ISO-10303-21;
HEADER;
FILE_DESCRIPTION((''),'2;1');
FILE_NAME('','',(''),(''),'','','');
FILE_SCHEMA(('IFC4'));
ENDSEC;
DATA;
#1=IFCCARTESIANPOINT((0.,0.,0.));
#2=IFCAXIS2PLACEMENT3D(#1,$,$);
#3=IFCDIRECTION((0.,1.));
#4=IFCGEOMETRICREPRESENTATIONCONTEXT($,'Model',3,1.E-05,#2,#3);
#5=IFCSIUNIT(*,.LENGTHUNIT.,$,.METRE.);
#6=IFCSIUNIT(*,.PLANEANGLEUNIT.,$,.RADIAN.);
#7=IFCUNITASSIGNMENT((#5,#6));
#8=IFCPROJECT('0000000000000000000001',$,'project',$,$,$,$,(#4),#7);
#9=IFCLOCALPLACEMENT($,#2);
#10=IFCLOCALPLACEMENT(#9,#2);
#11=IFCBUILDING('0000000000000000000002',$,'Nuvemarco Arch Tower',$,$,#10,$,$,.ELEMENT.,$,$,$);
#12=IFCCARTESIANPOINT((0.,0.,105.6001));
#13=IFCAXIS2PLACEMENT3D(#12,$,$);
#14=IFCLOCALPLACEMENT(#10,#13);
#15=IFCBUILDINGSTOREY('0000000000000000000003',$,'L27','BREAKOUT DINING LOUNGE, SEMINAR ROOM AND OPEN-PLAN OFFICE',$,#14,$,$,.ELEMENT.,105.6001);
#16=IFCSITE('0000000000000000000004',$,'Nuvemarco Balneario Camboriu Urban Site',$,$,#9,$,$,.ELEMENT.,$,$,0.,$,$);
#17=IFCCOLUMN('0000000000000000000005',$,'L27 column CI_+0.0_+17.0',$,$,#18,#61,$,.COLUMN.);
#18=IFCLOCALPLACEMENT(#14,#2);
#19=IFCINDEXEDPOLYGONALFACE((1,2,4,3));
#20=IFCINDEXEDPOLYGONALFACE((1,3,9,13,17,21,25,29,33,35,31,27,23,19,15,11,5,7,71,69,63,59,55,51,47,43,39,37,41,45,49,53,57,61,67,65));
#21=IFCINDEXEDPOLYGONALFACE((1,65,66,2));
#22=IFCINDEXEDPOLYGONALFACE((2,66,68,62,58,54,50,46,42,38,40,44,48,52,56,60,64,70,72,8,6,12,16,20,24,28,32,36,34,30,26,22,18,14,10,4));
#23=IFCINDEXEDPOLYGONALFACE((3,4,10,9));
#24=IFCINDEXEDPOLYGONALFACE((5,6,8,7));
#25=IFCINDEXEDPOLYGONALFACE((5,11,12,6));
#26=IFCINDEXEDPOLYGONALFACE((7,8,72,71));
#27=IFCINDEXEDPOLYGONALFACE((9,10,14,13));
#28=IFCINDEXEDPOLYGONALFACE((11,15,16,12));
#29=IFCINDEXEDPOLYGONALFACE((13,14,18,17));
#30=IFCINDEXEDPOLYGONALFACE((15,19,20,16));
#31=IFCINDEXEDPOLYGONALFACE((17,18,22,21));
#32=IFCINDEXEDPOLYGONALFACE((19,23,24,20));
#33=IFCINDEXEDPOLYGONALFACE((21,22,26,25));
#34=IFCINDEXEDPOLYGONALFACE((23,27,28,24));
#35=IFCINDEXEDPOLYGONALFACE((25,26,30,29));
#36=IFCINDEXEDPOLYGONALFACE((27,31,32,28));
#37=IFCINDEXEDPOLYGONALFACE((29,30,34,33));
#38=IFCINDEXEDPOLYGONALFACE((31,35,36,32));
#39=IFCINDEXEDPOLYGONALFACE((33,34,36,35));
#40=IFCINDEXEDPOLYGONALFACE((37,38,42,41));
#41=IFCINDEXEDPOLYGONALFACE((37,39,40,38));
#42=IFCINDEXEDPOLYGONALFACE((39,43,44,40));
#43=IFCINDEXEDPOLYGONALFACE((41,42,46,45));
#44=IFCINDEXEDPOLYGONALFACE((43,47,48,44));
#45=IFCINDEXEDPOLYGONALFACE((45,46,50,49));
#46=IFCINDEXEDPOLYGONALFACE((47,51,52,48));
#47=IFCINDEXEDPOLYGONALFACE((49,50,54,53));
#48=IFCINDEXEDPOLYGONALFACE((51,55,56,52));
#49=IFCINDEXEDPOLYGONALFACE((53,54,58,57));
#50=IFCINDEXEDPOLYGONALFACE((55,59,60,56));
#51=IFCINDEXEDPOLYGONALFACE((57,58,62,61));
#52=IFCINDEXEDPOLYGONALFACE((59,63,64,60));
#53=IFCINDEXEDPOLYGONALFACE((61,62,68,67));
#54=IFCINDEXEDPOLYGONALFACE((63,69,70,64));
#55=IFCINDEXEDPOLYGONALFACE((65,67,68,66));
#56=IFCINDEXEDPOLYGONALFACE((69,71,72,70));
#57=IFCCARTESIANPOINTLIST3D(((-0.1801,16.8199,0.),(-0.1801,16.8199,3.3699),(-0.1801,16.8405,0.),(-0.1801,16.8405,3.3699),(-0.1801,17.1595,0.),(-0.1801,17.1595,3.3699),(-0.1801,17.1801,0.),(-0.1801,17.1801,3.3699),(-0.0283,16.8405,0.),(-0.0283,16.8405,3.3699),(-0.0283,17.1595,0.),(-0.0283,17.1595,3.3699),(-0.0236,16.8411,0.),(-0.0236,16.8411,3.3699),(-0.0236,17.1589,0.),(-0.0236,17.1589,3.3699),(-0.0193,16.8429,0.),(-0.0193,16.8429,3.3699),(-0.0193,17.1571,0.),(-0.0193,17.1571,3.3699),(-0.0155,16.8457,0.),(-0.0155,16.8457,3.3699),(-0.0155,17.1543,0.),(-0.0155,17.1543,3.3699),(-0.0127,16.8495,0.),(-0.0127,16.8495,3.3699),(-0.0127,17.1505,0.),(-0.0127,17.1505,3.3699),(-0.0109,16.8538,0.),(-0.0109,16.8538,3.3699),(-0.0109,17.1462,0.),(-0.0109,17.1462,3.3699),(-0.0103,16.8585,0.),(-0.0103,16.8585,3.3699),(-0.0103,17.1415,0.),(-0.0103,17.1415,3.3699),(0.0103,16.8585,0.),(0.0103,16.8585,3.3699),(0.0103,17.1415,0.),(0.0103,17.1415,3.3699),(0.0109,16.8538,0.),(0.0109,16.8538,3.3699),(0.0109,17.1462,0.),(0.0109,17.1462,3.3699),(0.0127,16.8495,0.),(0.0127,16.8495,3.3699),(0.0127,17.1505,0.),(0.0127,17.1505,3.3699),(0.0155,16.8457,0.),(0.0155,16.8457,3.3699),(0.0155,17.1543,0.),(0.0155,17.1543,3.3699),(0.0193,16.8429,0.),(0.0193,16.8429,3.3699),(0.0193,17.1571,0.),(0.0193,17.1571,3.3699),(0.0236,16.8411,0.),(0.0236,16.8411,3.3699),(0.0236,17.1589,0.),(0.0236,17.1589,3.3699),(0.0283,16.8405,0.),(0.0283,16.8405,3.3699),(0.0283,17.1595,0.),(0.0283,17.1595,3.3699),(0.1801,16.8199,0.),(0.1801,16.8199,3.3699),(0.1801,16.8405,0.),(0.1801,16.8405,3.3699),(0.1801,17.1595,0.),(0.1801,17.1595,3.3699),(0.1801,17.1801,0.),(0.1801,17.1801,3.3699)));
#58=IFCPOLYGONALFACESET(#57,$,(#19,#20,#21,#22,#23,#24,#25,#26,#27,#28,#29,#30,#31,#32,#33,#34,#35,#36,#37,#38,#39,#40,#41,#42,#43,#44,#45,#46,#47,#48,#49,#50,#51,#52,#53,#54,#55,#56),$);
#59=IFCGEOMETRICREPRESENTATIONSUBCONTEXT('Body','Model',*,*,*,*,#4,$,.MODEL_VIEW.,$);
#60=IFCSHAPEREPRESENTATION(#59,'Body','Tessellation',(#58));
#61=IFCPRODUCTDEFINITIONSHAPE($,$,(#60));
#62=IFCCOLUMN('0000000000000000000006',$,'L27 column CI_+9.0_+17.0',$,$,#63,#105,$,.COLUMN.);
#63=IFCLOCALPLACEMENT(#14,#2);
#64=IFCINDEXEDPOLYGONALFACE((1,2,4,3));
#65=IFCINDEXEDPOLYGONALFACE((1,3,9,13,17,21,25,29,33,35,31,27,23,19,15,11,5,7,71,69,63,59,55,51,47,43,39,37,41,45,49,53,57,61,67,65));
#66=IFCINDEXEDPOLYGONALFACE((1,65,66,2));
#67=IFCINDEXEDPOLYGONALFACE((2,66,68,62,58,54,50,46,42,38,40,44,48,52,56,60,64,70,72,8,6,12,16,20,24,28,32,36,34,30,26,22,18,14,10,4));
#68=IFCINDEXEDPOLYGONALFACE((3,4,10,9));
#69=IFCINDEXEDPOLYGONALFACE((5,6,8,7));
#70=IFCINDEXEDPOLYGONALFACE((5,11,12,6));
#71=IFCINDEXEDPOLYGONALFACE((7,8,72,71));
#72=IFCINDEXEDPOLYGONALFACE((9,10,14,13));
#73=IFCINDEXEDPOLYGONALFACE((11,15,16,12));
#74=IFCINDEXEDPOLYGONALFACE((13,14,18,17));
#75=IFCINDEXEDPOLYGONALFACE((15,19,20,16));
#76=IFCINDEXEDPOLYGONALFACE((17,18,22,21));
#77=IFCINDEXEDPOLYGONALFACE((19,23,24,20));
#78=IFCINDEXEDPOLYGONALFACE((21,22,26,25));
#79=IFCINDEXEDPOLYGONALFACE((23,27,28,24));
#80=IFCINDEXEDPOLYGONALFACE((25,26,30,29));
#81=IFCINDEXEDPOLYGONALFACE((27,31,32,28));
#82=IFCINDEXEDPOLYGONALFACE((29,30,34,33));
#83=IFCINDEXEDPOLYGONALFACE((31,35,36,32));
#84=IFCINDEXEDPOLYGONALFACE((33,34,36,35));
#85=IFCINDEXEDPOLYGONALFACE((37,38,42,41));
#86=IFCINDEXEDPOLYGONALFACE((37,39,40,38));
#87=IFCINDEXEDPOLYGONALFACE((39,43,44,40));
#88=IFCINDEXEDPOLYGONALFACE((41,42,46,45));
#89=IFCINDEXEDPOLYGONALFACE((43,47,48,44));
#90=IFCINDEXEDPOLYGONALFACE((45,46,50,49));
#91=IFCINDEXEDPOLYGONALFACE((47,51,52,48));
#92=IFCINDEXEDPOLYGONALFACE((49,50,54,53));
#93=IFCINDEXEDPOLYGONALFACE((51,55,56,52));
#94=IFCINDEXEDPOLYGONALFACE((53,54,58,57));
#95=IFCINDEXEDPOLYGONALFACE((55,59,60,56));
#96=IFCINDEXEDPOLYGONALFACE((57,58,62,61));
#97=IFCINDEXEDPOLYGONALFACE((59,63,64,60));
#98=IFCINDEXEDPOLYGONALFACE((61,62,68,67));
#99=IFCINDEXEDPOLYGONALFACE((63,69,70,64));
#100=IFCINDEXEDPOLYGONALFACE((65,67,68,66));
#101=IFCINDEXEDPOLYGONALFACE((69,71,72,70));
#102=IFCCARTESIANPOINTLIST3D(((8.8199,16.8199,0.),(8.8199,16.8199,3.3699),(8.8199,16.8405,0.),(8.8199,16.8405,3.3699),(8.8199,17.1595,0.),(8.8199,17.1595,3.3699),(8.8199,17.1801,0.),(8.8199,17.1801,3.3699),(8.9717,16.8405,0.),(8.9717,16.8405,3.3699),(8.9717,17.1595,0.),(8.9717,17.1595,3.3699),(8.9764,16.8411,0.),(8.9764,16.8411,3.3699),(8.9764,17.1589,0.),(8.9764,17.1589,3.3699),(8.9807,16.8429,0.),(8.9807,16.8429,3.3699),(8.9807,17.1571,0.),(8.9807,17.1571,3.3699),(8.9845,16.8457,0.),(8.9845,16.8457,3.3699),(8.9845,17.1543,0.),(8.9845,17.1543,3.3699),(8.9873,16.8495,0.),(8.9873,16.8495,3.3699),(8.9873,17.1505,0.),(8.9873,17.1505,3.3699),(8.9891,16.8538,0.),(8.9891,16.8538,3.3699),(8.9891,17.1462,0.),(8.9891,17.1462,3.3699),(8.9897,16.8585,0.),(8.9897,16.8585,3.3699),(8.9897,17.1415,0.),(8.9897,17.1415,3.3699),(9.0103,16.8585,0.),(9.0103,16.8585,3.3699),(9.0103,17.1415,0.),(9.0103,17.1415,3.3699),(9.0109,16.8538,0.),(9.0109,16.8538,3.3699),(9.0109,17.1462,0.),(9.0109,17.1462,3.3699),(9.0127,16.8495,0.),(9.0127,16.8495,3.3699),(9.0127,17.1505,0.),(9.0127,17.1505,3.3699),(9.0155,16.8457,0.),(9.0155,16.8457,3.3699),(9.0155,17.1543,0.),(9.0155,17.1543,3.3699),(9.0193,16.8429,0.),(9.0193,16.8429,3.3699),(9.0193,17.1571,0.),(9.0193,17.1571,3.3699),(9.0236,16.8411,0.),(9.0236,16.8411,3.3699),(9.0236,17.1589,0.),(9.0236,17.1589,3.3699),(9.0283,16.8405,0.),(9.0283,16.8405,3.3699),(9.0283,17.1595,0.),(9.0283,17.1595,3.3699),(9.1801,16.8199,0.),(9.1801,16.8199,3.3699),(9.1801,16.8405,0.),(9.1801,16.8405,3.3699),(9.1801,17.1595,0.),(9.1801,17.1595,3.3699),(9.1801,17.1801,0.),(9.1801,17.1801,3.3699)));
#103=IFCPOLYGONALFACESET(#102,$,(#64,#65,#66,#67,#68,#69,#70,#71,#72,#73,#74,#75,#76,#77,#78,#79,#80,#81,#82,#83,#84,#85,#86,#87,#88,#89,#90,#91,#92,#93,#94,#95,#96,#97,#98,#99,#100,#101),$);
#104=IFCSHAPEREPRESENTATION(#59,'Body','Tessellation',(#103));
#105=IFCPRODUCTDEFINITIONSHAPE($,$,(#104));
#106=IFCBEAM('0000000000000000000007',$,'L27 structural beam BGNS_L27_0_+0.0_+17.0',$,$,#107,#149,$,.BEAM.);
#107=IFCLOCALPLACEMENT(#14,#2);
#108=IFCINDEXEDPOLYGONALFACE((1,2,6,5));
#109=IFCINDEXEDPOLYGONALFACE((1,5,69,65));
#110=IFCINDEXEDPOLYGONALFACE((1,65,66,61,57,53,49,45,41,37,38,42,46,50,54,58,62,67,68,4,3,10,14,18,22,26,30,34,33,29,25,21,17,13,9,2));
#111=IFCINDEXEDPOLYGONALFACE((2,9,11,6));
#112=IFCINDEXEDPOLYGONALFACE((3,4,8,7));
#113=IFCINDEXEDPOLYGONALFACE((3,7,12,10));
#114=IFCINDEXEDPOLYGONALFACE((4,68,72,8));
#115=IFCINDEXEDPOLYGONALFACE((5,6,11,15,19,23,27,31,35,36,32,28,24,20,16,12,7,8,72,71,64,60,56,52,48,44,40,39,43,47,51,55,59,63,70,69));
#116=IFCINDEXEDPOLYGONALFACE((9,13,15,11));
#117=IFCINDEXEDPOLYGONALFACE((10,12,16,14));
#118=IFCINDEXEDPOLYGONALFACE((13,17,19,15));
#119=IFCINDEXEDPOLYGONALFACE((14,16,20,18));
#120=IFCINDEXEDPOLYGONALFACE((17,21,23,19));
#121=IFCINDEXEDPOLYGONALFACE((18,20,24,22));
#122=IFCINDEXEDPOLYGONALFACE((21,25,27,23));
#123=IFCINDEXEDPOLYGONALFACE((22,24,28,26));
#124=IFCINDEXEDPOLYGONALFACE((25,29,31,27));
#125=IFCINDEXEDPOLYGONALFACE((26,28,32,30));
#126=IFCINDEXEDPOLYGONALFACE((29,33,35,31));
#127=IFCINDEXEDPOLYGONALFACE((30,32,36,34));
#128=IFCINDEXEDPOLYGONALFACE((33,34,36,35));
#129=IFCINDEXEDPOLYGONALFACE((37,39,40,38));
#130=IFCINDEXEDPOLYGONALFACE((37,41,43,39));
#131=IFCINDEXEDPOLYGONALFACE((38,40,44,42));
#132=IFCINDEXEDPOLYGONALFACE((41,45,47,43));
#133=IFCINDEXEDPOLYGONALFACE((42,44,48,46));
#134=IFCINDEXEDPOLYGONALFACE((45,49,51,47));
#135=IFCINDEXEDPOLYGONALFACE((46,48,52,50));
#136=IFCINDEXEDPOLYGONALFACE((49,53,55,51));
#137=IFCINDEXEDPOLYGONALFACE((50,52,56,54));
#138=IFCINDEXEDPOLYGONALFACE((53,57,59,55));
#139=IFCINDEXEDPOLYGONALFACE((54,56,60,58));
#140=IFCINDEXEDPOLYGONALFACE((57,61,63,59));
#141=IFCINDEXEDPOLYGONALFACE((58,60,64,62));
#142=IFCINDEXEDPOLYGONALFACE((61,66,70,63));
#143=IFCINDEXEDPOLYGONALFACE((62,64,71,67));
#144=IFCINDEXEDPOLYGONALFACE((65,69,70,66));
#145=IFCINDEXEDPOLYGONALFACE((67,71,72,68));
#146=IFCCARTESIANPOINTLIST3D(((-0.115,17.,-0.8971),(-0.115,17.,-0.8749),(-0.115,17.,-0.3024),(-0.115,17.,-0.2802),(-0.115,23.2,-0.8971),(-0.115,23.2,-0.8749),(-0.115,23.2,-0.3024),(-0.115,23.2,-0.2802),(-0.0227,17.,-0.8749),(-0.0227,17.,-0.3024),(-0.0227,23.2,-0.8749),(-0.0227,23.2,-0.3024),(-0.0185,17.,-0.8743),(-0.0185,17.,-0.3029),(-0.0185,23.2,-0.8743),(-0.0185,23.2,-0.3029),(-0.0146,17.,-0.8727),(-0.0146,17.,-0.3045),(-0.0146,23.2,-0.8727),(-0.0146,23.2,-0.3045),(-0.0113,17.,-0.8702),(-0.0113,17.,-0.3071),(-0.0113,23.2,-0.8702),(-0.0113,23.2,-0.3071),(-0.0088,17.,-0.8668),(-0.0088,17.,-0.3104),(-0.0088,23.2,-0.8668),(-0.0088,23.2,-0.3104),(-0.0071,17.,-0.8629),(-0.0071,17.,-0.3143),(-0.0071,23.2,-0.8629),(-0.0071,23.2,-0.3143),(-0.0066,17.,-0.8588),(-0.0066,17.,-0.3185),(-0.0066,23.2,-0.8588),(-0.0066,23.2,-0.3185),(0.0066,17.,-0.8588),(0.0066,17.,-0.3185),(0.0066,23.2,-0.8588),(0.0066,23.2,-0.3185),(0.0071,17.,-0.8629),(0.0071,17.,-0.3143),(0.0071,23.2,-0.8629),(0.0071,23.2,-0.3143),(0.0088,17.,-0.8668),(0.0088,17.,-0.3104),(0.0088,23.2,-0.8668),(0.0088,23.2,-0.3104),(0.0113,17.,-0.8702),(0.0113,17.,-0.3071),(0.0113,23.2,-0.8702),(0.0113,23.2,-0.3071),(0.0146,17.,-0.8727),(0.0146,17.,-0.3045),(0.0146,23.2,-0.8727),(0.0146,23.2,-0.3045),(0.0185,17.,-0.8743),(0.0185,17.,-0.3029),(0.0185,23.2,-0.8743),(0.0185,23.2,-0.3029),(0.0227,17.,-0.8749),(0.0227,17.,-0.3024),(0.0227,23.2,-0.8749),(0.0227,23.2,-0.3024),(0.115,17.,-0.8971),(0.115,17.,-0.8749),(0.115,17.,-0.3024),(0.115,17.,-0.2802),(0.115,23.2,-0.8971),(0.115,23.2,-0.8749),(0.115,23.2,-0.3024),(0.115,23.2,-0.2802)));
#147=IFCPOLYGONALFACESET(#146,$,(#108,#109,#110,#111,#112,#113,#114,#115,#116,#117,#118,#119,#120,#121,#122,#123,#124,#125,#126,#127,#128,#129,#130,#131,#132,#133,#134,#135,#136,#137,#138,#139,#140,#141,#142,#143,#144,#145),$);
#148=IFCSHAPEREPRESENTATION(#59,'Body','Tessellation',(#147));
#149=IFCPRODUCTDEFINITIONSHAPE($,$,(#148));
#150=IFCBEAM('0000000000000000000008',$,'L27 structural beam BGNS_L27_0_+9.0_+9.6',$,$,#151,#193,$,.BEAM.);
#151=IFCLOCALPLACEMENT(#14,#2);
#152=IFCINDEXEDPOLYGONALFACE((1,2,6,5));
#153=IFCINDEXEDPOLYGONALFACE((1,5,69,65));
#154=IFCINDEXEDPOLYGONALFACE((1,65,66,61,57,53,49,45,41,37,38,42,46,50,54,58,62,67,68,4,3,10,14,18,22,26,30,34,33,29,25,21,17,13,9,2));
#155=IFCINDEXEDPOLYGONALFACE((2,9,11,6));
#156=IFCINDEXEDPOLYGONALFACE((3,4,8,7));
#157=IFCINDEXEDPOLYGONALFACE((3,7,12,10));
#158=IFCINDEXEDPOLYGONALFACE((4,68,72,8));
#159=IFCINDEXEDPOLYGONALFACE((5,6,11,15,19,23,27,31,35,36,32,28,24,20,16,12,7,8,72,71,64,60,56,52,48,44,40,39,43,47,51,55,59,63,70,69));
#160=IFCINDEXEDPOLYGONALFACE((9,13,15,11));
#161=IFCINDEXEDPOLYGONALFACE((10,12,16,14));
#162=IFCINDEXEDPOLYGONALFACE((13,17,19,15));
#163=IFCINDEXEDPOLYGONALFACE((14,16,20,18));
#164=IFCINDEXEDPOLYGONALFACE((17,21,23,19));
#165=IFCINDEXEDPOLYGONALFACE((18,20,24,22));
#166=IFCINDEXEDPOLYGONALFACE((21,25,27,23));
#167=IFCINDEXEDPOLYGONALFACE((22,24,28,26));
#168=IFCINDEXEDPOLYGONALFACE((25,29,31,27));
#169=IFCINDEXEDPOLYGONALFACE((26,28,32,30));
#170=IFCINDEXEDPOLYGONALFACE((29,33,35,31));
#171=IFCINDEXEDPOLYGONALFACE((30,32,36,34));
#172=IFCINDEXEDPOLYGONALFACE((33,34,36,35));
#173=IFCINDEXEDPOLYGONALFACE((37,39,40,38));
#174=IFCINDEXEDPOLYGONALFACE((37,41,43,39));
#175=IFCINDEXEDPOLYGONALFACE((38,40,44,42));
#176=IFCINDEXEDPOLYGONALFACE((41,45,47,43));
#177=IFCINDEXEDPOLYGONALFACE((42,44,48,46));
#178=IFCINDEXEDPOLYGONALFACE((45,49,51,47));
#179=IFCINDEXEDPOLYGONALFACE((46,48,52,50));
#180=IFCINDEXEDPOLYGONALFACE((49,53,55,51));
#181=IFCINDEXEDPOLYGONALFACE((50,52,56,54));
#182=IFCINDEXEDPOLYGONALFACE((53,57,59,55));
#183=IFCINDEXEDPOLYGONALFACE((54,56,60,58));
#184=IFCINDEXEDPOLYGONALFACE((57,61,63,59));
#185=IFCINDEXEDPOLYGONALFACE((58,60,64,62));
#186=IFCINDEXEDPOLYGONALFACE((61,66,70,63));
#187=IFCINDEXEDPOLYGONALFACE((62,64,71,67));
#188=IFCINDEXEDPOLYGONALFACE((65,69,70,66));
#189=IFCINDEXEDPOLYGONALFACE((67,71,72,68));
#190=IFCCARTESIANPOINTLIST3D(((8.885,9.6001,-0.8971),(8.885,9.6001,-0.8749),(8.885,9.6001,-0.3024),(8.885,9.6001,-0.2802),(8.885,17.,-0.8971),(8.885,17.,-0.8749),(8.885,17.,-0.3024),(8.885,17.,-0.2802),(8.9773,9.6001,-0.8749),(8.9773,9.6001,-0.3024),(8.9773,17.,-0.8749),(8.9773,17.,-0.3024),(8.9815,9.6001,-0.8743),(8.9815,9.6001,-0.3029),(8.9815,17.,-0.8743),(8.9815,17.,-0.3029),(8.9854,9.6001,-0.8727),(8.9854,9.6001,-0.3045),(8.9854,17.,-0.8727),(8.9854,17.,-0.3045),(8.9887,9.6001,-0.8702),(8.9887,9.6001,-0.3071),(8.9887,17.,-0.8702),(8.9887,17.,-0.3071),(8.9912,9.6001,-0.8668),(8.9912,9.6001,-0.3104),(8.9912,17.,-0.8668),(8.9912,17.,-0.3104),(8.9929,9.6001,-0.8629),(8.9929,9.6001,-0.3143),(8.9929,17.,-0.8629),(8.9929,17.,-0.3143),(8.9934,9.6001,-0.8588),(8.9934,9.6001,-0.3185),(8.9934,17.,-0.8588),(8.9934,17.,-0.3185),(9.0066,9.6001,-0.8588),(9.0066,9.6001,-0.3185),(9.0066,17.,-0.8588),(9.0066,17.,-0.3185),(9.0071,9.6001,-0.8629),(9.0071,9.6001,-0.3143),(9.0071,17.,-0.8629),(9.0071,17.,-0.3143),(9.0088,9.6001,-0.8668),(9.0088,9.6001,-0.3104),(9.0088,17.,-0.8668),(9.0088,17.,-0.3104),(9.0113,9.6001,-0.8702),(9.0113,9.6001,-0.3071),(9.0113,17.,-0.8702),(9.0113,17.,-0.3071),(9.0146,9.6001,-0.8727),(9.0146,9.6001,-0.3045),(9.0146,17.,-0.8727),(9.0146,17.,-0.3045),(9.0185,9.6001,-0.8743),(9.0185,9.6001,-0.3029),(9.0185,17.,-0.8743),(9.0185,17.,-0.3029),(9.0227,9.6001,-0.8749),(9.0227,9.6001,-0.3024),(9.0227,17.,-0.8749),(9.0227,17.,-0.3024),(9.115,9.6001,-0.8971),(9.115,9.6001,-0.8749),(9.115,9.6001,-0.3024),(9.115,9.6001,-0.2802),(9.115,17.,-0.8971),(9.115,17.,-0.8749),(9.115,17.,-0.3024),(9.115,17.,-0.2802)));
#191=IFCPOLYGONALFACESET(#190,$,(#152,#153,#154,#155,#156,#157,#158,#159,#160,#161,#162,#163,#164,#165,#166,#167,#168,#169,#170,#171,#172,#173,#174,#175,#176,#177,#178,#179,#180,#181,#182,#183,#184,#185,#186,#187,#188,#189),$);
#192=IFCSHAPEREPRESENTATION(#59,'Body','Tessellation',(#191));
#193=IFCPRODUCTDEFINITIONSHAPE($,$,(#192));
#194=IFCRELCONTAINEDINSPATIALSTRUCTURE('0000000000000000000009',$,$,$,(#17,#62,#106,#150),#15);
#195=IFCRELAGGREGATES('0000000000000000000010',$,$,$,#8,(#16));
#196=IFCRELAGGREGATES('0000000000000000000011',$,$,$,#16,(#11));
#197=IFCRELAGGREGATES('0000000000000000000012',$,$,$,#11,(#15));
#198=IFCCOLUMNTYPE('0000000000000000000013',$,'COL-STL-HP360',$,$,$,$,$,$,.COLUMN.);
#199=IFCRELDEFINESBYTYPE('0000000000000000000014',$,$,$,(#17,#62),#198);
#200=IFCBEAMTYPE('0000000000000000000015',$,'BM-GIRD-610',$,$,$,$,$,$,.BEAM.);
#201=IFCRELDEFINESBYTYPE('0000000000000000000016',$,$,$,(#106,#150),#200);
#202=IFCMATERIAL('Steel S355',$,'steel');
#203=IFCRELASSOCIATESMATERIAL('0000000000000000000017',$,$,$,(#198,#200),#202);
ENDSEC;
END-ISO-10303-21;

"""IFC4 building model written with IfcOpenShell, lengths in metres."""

from ifc_helpers import new_model, si_unit, direction, frame, origin, origin_2d, place, context, subcontext, project, spatial, i_section, extrude, material, material_profile, profile_set, type_object, element, save


model = new_model("IFC4")

# Units and contexts
model_context = context("Model", 3, precision=1e-05, world=origin(), true_north=direction((0.0, 1.0)))
body_context = subcontext(model_context, "Body", "Model", "MODEL_VIEW")
ifc_project = project(units=[si_unit("LENGTHUNIT", "METRE"), si_unit("PLANEANGLEUNIT", "RADIAN")], contexts=[model_context])

# Site, building, storey
site_placement = place(None, origin())
site = spatial("IfcSite", under=ifc_project, at=site_placement, Name="Nuvemarco Balneario Camboriu Urban Site", CompositionType="ELEMENT", RefElevation=0.0)
building_placement = place(site_placement, origin())
building = spatial("IfcBuilding", under=site, at=building_placement, Name="Nuvemarco Arch Tower", CompositionType="ELEMENT")
storey_placement = place(building_placement, frame((0.0, 0.0, 105.6001)))
storey = spatial("IfcBuildingStorey", under=building, at=storey_placement, Name="L27", Description="BREAKOUT DINING LOUNGE, SEMINAR ROOM AND OPEN-PLAN OFFICE", CompositionType="ELEMENT", Elevation=105.6001)

# Columns
ifc_material_1 = material(Name="Steel S355", Category="steel")
ifc_material_profile_1 = material_profile(ifc_material_1, i_section(OverallWidth=0.3601, OverallDepth=0.3601, WebThickness=0.0205, FlangeThickness=0.0205, FilletRadius=0.0181, at=origin_2d()), Name="HP360x174")
ifc_profile_set_1 = profile_set([ifc_material_profile_1], Name="Steel S355")
column_type_1 = type_object("IfcColumnType", Name="COL-STL-HP360", PredefinedType="COLUMN", material=ifc_profile_set_1)
for number, where, z_axis, x_axis, name in (
    (1, (0.0, 17.0, 0.0), (0.0, 0.0, 1.0), (1.0, 0.0, 0.0), "L27 column CI_+0.0_+17.0"),
    (2, (9.0, 17.0, 0.0), (0.0, 0.0, 1.0), (1.0, 0.0, 0.0), "L27 column CI_+9.0_+17.0"),
):
    element("IfcColumn", number, at=place(storey_placement, frame(where, z_axis=z_axis, x_axis=x_axis)), inside=storey, type_object=column_type_1, Name=name, PredefinedType="COLUMN", context=body_context, shape_type="SweptSolid", body=[
        extrude(i_section(OverallWidth=0.3601, OverallDepth=0.3601, WebThickness=0.0205, FlangeThickness=0.0205, FilletRadius=0.0181, at=origin_2d()), origin(), (0.0, 0.0, 1.0), 3.3699),
    ])

# Beams
ifc_material_profile_2 = material_profile(ifc_material_1, i_section(OverallWidth=0.23, OverallDepth=0.6169, WebThickness=0.0132, FlangeThickness=0.0222, FilletRadius=0.0161, at=origin_2d()), Name="W610x140")
ifc_profile_set_2 = profile_set([ifc_material_profile_2], Name="Steel S355")
beam_type_1 = type_object("IfcBeamType", Name="BM-GIRD-610", PredefinedType="BEAM", material=ifc_profile_set_2)
beam_1_placement = place(storey_placement, frame((0.0, 17.0, -0.5886), z_axis=(0.0, 1.0, 0.0), x_axis=(-1.0, 0.0, 0.0)))
element("IfcBeam", 3, at=beam_1_placement, inside=storey, type_object=beam_type_1, Name="L27 structural beam BGNS_L27_0_+0.0_+17.0", PredefinedType="BEAM", context=body_context, shape_type="SweptSolid", body=[
    extrude(i_section(OverallWidth=0.23, OverallDepth=0.6169, WebThickness=0.0132, FlangeThickness=0.0222, FilletRadius=0.0161, at=origin_2d()), origin(), (0.0, 0.0, 1.0), 6.2),
])
beam_2_placement = place(storey_placement, frame((9.0, 9.6001, -0.5886), z_axis=(0.0, 1.0, 0.0), x_axis=(-1.0, 0.0, 0.0)))
element("IfcBeam", 4, at=beam_2_placement, inside=storey, type_object=beam_type_1, Name="L27 structural beam BGNS_L27_0_+9.0_+9.6", PredefinedType="BEAM", context=body_context, shape_type="SweptSolid", body=[
    extrude(i_section(OverallWidth=0.23, OverallDepth=0.6169, WebThickness=0.0132, FlangeThickness=0.0222, FilletRadius=0.0161, at=origin_2d()), origin(), (0.0, 0.0, 1.0), 7.3999),
])

save(model, "model.ifc")
